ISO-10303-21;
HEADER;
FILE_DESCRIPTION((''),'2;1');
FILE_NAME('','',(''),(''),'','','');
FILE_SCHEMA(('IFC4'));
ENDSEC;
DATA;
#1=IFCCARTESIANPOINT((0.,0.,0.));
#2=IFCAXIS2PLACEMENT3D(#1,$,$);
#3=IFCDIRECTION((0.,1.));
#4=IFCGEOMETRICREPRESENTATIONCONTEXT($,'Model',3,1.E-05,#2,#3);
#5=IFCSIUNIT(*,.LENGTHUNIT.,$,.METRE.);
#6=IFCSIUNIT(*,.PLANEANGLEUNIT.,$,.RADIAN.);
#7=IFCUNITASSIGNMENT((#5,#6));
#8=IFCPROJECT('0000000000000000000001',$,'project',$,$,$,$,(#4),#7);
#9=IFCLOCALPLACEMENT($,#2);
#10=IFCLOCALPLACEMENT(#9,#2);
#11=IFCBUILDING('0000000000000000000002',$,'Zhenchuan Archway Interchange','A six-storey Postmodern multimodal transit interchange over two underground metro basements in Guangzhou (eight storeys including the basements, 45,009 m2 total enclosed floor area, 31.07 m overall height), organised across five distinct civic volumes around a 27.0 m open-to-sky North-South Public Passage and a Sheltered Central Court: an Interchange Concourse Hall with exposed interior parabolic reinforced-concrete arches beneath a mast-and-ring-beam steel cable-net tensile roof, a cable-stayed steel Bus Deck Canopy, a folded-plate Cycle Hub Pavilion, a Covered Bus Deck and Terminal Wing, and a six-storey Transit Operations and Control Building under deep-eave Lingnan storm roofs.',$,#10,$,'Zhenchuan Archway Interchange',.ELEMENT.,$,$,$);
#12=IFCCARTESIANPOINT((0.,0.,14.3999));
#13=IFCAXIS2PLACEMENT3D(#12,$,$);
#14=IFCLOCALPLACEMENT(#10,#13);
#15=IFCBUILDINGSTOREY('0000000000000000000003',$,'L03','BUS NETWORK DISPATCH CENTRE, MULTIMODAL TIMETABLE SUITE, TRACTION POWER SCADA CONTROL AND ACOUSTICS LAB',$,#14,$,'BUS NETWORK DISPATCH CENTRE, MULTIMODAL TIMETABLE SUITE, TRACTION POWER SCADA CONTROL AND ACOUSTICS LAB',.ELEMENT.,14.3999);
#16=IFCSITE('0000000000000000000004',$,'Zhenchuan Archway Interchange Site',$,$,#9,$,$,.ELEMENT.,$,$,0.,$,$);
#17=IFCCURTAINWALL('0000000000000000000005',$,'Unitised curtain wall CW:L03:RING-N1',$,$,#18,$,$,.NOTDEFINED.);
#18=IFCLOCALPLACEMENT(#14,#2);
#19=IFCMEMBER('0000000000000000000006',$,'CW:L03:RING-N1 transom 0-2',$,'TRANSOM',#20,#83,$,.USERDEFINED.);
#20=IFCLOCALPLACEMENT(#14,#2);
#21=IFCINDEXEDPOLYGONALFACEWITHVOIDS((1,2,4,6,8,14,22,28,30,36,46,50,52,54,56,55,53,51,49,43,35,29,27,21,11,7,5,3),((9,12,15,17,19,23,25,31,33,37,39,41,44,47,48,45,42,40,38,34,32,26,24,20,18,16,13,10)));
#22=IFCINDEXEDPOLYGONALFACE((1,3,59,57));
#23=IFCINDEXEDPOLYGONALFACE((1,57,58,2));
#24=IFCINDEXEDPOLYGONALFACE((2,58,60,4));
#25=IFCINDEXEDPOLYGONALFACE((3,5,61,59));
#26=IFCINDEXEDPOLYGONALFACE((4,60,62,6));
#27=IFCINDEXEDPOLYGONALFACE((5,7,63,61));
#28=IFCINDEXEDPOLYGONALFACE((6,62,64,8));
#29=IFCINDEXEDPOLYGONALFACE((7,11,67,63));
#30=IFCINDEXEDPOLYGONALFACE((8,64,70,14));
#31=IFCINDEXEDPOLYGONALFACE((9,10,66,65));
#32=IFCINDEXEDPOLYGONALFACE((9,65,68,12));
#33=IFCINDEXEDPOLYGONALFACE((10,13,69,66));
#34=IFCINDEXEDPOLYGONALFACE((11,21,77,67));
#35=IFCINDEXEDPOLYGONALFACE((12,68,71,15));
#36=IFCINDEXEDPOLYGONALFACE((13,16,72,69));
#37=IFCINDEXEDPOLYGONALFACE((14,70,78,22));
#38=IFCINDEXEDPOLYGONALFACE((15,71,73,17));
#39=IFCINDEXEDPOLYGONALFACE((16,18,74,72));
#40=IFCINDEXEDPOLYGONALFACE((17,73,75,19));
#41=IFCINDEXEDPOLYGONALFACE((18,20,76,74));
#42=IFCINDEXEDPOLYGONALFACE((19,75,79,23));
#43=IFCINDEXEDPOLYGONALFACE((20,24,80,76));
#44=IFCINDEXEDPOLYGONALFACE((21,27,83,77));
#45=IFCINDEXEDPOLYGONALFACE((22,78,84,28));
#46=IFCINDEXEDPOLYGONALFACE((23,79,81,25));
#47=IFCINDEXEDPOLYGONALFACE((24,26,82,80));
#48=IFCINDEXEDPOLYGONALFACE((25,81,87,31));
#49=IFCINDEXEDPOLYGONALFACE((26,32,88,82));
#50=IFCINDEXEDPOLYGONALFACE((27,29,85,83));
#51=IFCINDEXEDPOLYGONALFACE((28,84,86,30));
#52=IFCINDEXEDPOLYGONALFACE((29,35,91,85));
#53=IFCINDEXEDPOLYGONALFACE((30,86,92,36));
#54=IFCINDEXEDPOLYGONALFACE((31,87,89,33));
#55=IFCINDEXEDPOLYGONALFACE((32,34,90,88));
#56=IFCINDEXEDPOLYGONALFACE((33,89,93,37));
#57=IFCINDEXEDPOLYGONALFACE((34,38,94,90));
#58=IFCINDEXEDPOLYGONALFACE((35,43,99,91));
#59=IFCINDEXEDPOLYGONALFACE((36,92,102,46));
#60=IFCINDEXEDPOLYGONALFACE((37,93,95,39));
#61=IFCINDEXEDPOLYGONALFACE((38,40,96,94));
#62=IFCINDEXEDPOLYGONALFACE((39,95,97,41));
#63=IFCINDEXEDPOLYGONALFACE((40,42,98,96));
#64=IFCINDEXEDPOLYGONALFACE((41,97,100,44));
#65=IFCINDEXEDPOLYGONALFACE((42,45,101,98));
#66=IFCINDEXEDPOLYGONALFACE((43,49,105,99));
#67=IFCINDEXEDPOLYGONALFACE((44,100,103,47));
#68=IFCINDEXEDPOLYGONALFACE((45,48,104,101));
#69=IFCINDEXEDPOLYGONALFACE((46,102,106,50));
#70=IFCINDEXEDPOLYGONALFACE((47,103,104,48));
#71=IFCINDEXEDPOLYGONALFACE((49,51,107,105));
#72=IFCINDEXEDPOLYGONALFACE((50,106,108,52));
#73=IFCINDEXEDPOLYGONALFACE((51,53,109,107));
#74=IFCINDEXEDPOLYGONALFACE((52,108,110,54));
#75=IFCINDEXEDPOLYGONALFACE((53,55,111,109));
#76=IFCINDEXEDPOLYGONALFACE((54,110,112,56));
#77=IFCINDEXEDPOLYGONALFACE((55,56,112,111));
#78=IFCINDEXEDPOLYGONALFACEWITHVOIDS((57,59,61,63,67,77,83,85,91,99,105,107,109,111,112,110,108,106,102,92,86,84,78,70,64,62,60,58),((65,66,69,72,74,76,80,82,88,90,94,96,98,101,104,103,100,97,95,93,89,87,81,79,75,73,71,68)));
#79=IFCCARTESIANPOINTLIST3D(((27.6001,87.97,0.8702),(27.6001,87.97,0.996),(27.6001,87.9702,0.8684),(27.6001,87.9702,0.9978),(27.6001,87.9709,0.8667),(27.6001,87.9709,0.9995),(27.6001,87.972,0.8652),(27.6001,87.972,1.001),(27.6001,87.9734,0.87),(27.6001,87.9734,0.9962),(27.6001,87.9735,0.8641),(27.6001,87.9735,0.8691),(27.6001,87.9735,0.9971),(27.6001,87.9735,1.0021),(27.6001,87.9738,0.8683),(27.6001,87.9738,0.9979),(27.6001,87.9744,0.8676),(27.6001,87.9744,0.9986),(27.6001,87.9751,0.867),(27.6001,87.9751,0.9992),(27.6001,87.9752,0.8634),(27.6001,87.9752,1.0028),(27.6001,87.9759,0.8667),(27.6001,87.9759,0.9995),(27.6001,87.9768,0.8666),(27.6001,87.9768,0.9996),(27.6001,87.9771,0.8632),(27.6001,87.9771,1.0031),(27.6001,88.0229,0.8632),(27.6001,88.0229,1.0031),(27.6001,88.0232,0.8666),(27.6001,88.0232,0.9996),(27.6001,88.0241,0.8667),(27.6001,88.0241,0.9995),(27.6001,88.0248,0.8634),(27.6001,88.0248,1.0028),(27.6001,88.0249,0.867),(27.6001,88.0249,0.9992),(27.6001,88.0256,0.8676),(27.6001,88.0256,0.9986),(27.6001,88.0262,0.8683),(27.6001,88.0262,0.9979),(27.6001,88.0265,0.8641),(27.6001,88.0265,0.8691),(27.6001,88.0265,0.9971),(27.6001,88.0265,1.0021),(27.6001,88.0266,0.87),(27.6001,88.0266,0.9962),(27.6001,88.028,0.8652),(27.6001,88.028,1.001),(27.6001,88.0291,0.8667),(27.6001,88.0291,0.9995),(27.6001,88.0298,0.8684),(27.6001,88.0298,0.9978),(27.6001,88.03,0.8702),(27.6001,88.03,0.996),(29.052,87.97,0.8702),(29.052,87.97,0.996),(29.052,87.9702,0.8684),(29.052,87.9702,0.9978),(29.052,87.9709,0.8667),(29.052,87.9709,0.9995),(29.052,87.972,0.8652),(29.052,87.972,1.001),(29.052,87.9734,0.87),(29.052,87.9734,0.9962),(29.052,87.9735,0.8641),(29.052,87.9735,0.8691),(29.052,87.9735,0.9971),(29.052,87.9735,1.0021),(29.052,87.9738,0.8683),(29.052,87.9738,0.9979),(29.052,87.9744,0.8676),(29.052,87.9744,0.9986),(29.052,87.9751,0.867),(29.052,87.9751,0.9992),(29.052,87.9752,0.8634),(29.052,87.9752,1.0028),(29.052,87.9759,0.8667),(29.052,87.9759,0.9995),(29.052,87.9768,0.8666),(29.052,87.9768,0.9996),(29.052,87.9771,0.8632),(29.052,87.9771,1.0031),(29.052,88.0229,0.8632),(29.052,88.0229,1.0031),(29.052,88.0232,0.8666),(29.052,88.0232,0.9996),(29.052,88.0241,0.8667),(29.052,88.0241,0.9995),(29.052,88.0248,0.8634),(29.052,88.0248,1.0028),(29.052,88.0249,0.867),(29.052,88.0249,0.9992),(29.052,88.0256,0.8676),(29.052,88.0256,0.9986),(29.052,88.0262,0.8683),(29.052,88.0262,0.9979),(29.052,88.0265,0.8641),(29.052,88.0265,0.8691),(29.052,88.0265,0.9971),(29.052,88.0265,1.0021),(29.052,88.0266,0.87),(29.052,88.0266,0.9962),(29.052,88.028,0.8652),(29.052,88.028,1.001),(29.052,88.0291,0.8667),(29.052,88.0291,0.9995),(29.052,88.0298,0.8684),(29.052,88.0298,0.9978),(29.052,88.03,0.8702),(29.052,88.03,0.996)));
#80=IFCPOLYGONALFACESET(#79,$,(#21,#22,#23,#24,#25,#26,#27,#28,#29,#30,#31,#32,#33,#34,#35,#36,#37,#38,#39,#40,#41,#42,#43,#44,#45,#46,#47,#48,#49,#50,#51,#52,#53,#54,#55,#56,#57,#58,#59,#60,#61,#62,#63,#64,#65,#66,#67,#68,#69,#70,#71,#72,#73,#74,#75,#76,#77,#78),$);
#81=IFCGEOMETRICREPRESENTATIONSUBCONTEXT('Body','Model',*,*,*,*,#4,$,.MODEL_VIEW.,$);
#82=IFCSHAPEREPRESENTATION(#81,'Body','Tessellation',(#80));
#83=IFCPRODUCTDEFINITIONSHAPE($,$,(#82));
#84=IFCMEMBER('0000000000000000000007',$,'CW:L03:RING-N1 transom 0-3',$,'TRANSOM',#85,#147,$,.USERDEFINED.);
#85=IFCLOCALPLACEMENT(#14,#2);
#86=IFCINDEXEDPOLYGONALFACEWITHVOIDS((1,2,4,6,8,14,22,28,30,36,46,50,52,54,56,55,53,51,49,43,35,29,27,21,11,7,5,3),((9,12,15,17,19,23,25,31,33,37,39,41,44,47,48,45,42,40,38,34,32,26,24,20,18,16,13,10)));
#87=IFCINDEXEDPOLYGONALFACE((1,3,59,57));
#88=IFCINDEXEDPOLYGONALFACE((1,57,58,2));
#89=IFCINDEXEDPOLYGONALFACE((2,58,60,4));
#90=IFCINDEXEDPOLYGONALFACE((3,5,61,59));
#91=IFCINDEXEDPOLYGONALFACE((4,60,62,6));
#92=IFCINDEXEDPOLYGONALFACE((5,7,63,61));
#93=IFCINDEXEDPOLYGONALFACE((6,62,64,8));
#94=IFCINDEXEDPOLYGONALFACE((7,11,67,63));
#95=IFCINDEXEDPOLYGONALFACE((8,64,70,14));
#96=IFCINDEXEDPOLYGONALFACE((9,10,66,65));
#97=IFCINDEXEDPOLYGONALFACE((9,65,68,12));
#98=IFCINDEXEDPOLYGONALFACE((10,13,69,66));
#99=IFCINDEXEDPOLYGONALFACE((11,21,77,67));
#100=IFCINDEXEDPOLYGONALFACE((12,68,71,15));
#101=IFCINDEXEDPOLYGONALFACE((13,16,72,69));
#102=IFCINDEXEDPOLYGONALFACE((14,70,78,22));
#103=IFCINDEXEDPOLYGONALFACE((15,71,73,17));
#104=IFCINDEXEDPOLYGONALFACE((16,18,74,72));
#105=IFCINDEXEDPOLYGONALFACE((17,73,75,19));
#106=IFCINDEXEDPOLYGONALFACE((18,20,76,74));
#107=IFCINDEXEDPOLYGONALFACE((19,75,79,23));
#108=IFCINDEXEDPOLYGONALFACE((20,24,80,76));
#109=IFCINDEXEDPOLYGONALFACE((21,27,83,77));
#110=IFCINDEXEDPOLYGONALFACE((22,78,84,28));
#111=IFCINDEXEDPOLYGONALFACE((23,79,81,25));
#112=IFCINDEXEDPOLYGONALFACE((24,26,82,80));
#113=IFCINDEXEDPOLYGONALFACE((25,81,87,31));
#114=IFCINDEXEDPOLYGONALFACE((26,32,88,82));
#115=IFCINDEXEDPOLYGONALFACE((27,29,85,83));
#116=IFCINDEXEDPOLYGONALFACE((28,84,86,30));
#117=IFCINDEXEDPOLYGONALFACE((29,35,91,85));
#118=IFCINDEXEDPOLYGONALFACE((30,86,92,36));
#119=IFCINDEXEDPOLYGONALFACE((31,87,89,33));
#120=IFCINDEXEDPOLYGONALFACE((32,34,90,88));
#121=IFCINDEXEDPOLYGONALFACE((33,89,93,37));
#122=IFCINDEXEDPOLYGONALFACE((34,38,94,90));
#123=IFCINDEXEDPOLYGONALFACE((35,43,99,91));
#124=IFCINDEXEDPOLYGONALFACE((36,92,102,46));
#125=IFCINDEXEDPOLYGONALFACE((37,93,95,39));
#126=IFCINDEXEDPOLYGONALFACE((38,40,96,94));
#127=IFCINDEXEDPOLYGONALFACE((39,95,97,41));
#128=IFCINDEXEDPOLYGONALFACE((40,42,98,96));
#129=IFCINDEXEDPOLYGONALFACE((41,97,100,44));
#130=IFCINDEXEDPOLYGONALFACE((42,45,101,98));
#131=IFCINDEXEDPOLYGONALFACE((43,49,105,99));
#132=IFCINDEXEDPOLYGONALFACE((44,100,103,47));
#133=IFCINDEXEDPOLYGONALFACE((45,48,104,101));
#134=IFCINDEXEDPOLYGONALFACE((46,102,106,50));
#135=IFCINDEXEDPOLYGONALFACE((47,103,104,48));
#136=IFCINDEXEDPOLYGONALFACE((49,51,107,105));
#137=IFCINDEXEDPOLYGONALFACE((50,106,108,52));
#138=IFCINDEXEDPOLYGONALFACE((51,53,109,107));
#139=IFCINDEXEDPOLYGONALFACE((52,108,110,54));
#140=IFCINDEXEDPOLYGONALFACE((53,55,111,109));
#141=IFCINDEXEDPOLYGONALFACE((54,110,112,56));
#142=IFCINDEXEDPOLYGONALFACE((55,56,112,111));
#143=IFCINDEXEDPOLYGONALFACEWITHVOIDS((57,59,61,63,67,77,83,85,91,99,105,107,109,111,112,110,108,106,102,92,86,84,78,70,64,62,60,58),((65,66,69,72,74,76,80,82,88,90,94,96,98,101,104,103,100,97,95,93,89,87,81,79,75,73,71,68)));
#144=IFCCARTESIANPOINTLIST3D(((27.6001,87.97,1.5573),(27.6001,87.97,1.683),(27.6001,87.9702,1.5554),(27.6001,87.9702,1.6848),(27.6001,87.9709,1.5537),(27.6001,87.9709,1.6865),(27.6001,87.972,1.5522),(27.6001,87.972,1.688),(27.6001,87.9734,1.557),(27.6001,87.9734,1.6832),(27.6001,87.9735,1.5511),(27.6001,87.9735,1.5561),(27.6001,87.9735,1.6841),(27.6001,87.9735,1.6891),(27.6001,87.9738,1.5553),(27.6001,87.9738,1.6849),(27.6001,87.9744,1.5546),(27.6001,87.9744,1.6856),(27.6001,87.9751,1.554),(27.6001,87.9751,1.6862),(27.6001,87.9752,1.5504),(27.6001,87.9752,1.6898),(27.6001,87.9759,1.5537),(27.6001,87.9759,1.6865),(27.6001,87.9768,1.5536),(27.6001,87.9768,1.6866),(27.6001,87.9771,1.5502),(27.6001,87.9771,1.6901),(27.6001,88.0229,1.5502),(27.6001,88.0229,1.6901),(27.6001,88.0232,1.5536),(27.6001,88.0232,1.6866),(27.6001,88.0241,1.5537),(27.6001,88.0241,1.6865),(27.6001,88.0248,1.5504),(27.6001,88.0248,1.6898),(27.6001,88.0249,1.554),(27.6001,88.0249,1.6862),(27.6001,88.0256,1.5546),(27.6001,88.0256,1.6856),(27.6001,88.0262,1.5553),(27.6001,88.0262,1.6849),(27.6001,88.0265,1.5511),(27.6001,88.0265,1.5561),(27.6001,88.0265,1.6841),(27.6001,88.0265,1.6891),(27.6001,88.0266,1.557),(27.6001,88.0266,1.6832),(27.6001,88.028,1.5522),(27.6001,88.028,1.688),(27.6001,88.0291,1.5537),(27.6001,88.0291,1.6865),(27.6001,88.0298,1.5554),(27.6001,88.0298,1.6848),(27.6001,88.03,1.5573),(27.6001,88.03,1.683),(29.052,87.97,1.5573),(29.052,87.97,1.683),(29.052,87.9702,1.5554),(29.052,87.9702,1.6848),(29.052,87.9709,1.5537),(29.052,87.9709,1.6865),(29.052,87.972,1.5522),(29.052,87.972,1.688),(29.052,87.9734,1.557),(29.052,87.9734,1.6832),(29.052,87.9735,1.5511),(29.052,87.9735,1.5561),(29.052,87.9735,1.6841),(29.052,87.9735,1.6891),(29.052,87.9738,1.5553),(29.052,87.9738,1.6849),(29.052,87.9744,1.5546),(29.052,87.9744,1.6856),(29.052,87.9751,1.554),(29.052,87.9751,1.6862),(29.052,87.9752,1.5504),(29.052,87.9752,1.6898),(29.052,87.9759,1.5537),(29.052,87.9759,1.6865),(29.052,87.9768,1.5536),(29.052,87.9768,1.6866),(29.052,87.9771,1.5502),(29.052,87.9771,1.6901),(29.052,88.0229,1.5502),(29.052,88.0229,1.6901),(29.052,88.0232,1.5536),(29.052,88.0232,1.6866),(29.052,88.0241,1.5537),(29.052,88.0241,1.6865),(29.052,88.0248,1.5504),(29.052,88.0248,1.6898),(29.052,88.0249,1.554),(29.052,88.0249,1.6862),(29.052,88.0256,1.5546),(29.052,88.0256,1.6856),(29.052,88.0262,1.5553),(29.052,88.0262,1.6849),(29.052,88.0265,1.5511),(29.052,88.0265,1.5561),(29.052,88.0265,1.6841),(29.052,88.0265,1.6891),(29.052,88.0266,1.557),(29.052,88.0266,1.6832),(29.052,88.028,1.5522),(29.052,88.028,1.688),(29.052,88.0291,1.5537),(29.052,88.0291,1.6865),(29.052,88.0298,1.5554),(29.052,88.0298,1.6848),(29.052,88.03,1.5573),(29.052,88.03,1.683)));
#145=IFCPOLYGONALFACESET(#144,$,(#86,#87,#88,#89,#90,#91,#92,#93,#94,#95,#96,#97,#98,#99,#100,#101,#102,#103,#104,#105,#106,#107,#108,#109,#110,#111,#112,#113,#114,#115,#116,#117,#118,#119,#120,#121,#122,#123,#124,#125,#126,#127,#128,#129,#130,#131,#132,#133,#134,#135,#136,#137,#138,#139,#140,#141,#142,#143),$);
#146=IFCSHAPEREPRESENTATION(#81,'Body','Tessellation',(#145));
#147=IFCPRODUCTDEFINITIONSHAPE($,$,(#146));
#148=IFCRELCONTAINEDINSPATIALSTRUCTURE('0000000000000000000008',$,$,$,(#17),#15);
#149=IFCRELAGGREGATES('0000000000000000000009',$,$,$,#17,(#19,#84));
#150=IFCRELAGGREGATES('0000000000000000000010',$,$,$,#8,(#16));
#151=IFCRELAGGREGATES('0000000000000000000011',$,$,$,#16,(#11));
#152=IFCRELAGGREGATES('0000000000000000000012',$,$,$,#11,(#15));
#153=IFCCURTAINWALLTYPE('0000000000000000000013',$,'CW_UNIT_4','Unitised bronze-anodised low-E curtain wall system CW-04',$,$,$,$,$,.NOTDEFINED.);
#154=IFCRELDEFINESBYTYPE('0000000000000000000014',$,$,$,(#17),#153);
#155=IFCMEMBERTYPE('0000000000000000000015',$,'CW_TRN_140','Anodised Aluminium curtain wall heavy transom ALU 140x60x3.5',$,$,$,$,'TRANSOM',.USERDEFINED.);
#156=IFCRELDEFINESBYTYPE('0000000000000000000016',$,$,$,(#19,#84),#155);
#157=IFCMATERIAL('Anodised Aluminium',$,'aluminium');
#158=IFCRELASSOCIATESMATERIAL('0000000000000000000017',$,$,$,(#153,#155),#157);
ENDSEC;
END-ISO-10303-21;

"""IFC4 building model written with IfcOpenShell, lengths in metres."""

from ifc_helpers import new_model, si_unit, direction, frame, origin, origin_2d, place, context, subcontext, project, spatial, hollow_rectangle, extrude, material, material_profile, profile_set, type_object, element, aggregate, save


model = new_model("IFC4")

# Units and contexts
model_context = context("Model", 3, precision=1e-05, world=origin(), true_north=direction((0.0, 1.0)))
body_context = subcontext(model_context, "Body", "Model", "MODEL_VIEW")
ifc_project = project(units=[si_unit("LENGTHUNIT", "METRE"), si_unit("PLANEANGLEUNIT", "RADIAN")], contexts=[model_context])

# Site, building, storey
site_placement = place(None, origin())
site = spatial("IfcSite", under=ifc_project, at=site_placement, Name="Zhenchuan Archway Interchange Site", CompositionType="ELEMENT", RefElevation=0.0)
building_placement = place(site_placement, origin())
building = spatial("IfcBuilding", under=site, at=building_placement, Name="Zhenchuan Archway Interchange", Description="A six-storey Postmodern multimodal transit interchange over two underground metro basements in Guangzhou (eight storeys including the basements, 45,009 m2 total enclosed floor area, 31.07 m overall height), organised across five distinct civic volumes around a 27.0 m open-to-sky North-South Public Passage and a Sheltered Central Court: an Interchange Concourse Hall with exposed interior parabolic reinforced-concrete arches beneath a mast-and-ring-beam steel cable-net tensile roof, a cable-stayed steel Bus Deck Canopy, a folded-plate Cycle Hub Pavilion, a Covered Bus Deck and Terminal Wing, and a six-storey Transit Operations and Control Building under deep-eave Lingnan storm roofs.", LongName="Zhenchuan Archway Interchange", CompositionType="ELEMENT")
storey_placement = place(building_placement, frame((0.0, 0.0, 14.3999)))
storey = spatial("IfcBuildingStorey", under=building, at=storey_placement, Name="L03", Description="BUS NETWORK DISPATCH CENTRE, MULTIMODAL TIMETABLE SUITE, TRACTION POWER SCADA CONTROL AND ACOUSTICS LAB", LongName="BUS NETWORK DISPATCH CENTRE, MULTIMODAL TIMETABLE SUITE, TRACTION POWER SCADA CONTROL AND ACOUSTICS LAB", CompositionType="ELEMENT", Elevation=14.3999)

# Curtain wall, members
ifc_material_1 = material(Name="Anodised Aluminium", Category="aluminium")
curtain_wall_type = type_object("IfcCurtainWallType", Name="CW_UNIT_4", Description="Unitised bronze-anodised low-E curtain wall system CW-04", PredefinedType="NOTDEFINED", material=ifc_material_1)
curtain_wall_placement = place(storey_placement, origin())
curtain_wall = element("IfcCurtainWall", 1, at=curtain_wall_placement, inside=storey, type_object=curtain_wall_type, Name="Unitised curtain wall CW:L03:RING-N1", PredefinedType="NOTDEFINED")
ifc_material_profile_1 = material_profile(ifc_material_1, hollow_rectangle(XDim=0.0601, YDim=0.1399, WallThickness=0.0034, InnerFilletRadius=0.0034, OuterFilletRadius=0.0071, at=origin_2d()), Name="ALU 140x60x3.5")
ifc_profile_set_1 = profile_set([ifc_material_profile_1], Name="Anodised Aluminium")
member_type_1 = type_object("IfcMemberType", Name="CW_TRN_140", Description="Anodised Aluminium curtain wall heavy transom ALU 140x60x3.5", ElementType="TRANSOM", PredefinedType="USERDEFINED", material=ifc_profile_set_1)
member_1_placement = place(storey_placement, frame((27.6001, 88.0, 0.9331), z_axis=(1.0, 0.0, 0.0), x_axis=(0.0, 1.0, 0.0)))
member_1 = element("IfcMember", 2, at=member_1_placement, type_object=member_type_1, Name="CW:L03:RING-N1 transom 0-2", ObjectType="TRANSOM", PredefinedType="USERDEFINED", context=body_context, shape_type="SweptSolid", body=[
    extrude(hollow_rectangle(XDim=0.0601, YDim=0.1399, WallThickness=0.0034, InnerFilletRadius=0.0034, OuterFilletRadius=0.0071, at=origin_2d()), origin(), (0.0, 0.0, 1.0), 1.4519),
])
member_2_placement = place(storey_placement, frame((27.6001, 88.0, 1.6201), z_axis=(1.0, 0.0, 0.0), x_axis=(0.0, 1.0, 0.0)))
member_2 = element("IfcMember", 3, at=member_2_placement, type_object=member_type_1, Name="CW:L03:RING-N1 transom 0-3", ObjectType="TRANSOM", PredefinedType="USERDEFINED", context=body_context, shape_type="SweptSolid", body=[
    extrude(hollow_rectangle(XDim=0.0601, YDim=0.1399, WallThickness=0.0034, InnerFilletRadius=0.0034, OuterFilletRadius=0.0071, at=origin_2d()), origin(), (0.0, 0.0, 1.0), 1.4519),
])

aggregate(curtain_wall, [member_1, member_2])

save(model, "model.ifc")
